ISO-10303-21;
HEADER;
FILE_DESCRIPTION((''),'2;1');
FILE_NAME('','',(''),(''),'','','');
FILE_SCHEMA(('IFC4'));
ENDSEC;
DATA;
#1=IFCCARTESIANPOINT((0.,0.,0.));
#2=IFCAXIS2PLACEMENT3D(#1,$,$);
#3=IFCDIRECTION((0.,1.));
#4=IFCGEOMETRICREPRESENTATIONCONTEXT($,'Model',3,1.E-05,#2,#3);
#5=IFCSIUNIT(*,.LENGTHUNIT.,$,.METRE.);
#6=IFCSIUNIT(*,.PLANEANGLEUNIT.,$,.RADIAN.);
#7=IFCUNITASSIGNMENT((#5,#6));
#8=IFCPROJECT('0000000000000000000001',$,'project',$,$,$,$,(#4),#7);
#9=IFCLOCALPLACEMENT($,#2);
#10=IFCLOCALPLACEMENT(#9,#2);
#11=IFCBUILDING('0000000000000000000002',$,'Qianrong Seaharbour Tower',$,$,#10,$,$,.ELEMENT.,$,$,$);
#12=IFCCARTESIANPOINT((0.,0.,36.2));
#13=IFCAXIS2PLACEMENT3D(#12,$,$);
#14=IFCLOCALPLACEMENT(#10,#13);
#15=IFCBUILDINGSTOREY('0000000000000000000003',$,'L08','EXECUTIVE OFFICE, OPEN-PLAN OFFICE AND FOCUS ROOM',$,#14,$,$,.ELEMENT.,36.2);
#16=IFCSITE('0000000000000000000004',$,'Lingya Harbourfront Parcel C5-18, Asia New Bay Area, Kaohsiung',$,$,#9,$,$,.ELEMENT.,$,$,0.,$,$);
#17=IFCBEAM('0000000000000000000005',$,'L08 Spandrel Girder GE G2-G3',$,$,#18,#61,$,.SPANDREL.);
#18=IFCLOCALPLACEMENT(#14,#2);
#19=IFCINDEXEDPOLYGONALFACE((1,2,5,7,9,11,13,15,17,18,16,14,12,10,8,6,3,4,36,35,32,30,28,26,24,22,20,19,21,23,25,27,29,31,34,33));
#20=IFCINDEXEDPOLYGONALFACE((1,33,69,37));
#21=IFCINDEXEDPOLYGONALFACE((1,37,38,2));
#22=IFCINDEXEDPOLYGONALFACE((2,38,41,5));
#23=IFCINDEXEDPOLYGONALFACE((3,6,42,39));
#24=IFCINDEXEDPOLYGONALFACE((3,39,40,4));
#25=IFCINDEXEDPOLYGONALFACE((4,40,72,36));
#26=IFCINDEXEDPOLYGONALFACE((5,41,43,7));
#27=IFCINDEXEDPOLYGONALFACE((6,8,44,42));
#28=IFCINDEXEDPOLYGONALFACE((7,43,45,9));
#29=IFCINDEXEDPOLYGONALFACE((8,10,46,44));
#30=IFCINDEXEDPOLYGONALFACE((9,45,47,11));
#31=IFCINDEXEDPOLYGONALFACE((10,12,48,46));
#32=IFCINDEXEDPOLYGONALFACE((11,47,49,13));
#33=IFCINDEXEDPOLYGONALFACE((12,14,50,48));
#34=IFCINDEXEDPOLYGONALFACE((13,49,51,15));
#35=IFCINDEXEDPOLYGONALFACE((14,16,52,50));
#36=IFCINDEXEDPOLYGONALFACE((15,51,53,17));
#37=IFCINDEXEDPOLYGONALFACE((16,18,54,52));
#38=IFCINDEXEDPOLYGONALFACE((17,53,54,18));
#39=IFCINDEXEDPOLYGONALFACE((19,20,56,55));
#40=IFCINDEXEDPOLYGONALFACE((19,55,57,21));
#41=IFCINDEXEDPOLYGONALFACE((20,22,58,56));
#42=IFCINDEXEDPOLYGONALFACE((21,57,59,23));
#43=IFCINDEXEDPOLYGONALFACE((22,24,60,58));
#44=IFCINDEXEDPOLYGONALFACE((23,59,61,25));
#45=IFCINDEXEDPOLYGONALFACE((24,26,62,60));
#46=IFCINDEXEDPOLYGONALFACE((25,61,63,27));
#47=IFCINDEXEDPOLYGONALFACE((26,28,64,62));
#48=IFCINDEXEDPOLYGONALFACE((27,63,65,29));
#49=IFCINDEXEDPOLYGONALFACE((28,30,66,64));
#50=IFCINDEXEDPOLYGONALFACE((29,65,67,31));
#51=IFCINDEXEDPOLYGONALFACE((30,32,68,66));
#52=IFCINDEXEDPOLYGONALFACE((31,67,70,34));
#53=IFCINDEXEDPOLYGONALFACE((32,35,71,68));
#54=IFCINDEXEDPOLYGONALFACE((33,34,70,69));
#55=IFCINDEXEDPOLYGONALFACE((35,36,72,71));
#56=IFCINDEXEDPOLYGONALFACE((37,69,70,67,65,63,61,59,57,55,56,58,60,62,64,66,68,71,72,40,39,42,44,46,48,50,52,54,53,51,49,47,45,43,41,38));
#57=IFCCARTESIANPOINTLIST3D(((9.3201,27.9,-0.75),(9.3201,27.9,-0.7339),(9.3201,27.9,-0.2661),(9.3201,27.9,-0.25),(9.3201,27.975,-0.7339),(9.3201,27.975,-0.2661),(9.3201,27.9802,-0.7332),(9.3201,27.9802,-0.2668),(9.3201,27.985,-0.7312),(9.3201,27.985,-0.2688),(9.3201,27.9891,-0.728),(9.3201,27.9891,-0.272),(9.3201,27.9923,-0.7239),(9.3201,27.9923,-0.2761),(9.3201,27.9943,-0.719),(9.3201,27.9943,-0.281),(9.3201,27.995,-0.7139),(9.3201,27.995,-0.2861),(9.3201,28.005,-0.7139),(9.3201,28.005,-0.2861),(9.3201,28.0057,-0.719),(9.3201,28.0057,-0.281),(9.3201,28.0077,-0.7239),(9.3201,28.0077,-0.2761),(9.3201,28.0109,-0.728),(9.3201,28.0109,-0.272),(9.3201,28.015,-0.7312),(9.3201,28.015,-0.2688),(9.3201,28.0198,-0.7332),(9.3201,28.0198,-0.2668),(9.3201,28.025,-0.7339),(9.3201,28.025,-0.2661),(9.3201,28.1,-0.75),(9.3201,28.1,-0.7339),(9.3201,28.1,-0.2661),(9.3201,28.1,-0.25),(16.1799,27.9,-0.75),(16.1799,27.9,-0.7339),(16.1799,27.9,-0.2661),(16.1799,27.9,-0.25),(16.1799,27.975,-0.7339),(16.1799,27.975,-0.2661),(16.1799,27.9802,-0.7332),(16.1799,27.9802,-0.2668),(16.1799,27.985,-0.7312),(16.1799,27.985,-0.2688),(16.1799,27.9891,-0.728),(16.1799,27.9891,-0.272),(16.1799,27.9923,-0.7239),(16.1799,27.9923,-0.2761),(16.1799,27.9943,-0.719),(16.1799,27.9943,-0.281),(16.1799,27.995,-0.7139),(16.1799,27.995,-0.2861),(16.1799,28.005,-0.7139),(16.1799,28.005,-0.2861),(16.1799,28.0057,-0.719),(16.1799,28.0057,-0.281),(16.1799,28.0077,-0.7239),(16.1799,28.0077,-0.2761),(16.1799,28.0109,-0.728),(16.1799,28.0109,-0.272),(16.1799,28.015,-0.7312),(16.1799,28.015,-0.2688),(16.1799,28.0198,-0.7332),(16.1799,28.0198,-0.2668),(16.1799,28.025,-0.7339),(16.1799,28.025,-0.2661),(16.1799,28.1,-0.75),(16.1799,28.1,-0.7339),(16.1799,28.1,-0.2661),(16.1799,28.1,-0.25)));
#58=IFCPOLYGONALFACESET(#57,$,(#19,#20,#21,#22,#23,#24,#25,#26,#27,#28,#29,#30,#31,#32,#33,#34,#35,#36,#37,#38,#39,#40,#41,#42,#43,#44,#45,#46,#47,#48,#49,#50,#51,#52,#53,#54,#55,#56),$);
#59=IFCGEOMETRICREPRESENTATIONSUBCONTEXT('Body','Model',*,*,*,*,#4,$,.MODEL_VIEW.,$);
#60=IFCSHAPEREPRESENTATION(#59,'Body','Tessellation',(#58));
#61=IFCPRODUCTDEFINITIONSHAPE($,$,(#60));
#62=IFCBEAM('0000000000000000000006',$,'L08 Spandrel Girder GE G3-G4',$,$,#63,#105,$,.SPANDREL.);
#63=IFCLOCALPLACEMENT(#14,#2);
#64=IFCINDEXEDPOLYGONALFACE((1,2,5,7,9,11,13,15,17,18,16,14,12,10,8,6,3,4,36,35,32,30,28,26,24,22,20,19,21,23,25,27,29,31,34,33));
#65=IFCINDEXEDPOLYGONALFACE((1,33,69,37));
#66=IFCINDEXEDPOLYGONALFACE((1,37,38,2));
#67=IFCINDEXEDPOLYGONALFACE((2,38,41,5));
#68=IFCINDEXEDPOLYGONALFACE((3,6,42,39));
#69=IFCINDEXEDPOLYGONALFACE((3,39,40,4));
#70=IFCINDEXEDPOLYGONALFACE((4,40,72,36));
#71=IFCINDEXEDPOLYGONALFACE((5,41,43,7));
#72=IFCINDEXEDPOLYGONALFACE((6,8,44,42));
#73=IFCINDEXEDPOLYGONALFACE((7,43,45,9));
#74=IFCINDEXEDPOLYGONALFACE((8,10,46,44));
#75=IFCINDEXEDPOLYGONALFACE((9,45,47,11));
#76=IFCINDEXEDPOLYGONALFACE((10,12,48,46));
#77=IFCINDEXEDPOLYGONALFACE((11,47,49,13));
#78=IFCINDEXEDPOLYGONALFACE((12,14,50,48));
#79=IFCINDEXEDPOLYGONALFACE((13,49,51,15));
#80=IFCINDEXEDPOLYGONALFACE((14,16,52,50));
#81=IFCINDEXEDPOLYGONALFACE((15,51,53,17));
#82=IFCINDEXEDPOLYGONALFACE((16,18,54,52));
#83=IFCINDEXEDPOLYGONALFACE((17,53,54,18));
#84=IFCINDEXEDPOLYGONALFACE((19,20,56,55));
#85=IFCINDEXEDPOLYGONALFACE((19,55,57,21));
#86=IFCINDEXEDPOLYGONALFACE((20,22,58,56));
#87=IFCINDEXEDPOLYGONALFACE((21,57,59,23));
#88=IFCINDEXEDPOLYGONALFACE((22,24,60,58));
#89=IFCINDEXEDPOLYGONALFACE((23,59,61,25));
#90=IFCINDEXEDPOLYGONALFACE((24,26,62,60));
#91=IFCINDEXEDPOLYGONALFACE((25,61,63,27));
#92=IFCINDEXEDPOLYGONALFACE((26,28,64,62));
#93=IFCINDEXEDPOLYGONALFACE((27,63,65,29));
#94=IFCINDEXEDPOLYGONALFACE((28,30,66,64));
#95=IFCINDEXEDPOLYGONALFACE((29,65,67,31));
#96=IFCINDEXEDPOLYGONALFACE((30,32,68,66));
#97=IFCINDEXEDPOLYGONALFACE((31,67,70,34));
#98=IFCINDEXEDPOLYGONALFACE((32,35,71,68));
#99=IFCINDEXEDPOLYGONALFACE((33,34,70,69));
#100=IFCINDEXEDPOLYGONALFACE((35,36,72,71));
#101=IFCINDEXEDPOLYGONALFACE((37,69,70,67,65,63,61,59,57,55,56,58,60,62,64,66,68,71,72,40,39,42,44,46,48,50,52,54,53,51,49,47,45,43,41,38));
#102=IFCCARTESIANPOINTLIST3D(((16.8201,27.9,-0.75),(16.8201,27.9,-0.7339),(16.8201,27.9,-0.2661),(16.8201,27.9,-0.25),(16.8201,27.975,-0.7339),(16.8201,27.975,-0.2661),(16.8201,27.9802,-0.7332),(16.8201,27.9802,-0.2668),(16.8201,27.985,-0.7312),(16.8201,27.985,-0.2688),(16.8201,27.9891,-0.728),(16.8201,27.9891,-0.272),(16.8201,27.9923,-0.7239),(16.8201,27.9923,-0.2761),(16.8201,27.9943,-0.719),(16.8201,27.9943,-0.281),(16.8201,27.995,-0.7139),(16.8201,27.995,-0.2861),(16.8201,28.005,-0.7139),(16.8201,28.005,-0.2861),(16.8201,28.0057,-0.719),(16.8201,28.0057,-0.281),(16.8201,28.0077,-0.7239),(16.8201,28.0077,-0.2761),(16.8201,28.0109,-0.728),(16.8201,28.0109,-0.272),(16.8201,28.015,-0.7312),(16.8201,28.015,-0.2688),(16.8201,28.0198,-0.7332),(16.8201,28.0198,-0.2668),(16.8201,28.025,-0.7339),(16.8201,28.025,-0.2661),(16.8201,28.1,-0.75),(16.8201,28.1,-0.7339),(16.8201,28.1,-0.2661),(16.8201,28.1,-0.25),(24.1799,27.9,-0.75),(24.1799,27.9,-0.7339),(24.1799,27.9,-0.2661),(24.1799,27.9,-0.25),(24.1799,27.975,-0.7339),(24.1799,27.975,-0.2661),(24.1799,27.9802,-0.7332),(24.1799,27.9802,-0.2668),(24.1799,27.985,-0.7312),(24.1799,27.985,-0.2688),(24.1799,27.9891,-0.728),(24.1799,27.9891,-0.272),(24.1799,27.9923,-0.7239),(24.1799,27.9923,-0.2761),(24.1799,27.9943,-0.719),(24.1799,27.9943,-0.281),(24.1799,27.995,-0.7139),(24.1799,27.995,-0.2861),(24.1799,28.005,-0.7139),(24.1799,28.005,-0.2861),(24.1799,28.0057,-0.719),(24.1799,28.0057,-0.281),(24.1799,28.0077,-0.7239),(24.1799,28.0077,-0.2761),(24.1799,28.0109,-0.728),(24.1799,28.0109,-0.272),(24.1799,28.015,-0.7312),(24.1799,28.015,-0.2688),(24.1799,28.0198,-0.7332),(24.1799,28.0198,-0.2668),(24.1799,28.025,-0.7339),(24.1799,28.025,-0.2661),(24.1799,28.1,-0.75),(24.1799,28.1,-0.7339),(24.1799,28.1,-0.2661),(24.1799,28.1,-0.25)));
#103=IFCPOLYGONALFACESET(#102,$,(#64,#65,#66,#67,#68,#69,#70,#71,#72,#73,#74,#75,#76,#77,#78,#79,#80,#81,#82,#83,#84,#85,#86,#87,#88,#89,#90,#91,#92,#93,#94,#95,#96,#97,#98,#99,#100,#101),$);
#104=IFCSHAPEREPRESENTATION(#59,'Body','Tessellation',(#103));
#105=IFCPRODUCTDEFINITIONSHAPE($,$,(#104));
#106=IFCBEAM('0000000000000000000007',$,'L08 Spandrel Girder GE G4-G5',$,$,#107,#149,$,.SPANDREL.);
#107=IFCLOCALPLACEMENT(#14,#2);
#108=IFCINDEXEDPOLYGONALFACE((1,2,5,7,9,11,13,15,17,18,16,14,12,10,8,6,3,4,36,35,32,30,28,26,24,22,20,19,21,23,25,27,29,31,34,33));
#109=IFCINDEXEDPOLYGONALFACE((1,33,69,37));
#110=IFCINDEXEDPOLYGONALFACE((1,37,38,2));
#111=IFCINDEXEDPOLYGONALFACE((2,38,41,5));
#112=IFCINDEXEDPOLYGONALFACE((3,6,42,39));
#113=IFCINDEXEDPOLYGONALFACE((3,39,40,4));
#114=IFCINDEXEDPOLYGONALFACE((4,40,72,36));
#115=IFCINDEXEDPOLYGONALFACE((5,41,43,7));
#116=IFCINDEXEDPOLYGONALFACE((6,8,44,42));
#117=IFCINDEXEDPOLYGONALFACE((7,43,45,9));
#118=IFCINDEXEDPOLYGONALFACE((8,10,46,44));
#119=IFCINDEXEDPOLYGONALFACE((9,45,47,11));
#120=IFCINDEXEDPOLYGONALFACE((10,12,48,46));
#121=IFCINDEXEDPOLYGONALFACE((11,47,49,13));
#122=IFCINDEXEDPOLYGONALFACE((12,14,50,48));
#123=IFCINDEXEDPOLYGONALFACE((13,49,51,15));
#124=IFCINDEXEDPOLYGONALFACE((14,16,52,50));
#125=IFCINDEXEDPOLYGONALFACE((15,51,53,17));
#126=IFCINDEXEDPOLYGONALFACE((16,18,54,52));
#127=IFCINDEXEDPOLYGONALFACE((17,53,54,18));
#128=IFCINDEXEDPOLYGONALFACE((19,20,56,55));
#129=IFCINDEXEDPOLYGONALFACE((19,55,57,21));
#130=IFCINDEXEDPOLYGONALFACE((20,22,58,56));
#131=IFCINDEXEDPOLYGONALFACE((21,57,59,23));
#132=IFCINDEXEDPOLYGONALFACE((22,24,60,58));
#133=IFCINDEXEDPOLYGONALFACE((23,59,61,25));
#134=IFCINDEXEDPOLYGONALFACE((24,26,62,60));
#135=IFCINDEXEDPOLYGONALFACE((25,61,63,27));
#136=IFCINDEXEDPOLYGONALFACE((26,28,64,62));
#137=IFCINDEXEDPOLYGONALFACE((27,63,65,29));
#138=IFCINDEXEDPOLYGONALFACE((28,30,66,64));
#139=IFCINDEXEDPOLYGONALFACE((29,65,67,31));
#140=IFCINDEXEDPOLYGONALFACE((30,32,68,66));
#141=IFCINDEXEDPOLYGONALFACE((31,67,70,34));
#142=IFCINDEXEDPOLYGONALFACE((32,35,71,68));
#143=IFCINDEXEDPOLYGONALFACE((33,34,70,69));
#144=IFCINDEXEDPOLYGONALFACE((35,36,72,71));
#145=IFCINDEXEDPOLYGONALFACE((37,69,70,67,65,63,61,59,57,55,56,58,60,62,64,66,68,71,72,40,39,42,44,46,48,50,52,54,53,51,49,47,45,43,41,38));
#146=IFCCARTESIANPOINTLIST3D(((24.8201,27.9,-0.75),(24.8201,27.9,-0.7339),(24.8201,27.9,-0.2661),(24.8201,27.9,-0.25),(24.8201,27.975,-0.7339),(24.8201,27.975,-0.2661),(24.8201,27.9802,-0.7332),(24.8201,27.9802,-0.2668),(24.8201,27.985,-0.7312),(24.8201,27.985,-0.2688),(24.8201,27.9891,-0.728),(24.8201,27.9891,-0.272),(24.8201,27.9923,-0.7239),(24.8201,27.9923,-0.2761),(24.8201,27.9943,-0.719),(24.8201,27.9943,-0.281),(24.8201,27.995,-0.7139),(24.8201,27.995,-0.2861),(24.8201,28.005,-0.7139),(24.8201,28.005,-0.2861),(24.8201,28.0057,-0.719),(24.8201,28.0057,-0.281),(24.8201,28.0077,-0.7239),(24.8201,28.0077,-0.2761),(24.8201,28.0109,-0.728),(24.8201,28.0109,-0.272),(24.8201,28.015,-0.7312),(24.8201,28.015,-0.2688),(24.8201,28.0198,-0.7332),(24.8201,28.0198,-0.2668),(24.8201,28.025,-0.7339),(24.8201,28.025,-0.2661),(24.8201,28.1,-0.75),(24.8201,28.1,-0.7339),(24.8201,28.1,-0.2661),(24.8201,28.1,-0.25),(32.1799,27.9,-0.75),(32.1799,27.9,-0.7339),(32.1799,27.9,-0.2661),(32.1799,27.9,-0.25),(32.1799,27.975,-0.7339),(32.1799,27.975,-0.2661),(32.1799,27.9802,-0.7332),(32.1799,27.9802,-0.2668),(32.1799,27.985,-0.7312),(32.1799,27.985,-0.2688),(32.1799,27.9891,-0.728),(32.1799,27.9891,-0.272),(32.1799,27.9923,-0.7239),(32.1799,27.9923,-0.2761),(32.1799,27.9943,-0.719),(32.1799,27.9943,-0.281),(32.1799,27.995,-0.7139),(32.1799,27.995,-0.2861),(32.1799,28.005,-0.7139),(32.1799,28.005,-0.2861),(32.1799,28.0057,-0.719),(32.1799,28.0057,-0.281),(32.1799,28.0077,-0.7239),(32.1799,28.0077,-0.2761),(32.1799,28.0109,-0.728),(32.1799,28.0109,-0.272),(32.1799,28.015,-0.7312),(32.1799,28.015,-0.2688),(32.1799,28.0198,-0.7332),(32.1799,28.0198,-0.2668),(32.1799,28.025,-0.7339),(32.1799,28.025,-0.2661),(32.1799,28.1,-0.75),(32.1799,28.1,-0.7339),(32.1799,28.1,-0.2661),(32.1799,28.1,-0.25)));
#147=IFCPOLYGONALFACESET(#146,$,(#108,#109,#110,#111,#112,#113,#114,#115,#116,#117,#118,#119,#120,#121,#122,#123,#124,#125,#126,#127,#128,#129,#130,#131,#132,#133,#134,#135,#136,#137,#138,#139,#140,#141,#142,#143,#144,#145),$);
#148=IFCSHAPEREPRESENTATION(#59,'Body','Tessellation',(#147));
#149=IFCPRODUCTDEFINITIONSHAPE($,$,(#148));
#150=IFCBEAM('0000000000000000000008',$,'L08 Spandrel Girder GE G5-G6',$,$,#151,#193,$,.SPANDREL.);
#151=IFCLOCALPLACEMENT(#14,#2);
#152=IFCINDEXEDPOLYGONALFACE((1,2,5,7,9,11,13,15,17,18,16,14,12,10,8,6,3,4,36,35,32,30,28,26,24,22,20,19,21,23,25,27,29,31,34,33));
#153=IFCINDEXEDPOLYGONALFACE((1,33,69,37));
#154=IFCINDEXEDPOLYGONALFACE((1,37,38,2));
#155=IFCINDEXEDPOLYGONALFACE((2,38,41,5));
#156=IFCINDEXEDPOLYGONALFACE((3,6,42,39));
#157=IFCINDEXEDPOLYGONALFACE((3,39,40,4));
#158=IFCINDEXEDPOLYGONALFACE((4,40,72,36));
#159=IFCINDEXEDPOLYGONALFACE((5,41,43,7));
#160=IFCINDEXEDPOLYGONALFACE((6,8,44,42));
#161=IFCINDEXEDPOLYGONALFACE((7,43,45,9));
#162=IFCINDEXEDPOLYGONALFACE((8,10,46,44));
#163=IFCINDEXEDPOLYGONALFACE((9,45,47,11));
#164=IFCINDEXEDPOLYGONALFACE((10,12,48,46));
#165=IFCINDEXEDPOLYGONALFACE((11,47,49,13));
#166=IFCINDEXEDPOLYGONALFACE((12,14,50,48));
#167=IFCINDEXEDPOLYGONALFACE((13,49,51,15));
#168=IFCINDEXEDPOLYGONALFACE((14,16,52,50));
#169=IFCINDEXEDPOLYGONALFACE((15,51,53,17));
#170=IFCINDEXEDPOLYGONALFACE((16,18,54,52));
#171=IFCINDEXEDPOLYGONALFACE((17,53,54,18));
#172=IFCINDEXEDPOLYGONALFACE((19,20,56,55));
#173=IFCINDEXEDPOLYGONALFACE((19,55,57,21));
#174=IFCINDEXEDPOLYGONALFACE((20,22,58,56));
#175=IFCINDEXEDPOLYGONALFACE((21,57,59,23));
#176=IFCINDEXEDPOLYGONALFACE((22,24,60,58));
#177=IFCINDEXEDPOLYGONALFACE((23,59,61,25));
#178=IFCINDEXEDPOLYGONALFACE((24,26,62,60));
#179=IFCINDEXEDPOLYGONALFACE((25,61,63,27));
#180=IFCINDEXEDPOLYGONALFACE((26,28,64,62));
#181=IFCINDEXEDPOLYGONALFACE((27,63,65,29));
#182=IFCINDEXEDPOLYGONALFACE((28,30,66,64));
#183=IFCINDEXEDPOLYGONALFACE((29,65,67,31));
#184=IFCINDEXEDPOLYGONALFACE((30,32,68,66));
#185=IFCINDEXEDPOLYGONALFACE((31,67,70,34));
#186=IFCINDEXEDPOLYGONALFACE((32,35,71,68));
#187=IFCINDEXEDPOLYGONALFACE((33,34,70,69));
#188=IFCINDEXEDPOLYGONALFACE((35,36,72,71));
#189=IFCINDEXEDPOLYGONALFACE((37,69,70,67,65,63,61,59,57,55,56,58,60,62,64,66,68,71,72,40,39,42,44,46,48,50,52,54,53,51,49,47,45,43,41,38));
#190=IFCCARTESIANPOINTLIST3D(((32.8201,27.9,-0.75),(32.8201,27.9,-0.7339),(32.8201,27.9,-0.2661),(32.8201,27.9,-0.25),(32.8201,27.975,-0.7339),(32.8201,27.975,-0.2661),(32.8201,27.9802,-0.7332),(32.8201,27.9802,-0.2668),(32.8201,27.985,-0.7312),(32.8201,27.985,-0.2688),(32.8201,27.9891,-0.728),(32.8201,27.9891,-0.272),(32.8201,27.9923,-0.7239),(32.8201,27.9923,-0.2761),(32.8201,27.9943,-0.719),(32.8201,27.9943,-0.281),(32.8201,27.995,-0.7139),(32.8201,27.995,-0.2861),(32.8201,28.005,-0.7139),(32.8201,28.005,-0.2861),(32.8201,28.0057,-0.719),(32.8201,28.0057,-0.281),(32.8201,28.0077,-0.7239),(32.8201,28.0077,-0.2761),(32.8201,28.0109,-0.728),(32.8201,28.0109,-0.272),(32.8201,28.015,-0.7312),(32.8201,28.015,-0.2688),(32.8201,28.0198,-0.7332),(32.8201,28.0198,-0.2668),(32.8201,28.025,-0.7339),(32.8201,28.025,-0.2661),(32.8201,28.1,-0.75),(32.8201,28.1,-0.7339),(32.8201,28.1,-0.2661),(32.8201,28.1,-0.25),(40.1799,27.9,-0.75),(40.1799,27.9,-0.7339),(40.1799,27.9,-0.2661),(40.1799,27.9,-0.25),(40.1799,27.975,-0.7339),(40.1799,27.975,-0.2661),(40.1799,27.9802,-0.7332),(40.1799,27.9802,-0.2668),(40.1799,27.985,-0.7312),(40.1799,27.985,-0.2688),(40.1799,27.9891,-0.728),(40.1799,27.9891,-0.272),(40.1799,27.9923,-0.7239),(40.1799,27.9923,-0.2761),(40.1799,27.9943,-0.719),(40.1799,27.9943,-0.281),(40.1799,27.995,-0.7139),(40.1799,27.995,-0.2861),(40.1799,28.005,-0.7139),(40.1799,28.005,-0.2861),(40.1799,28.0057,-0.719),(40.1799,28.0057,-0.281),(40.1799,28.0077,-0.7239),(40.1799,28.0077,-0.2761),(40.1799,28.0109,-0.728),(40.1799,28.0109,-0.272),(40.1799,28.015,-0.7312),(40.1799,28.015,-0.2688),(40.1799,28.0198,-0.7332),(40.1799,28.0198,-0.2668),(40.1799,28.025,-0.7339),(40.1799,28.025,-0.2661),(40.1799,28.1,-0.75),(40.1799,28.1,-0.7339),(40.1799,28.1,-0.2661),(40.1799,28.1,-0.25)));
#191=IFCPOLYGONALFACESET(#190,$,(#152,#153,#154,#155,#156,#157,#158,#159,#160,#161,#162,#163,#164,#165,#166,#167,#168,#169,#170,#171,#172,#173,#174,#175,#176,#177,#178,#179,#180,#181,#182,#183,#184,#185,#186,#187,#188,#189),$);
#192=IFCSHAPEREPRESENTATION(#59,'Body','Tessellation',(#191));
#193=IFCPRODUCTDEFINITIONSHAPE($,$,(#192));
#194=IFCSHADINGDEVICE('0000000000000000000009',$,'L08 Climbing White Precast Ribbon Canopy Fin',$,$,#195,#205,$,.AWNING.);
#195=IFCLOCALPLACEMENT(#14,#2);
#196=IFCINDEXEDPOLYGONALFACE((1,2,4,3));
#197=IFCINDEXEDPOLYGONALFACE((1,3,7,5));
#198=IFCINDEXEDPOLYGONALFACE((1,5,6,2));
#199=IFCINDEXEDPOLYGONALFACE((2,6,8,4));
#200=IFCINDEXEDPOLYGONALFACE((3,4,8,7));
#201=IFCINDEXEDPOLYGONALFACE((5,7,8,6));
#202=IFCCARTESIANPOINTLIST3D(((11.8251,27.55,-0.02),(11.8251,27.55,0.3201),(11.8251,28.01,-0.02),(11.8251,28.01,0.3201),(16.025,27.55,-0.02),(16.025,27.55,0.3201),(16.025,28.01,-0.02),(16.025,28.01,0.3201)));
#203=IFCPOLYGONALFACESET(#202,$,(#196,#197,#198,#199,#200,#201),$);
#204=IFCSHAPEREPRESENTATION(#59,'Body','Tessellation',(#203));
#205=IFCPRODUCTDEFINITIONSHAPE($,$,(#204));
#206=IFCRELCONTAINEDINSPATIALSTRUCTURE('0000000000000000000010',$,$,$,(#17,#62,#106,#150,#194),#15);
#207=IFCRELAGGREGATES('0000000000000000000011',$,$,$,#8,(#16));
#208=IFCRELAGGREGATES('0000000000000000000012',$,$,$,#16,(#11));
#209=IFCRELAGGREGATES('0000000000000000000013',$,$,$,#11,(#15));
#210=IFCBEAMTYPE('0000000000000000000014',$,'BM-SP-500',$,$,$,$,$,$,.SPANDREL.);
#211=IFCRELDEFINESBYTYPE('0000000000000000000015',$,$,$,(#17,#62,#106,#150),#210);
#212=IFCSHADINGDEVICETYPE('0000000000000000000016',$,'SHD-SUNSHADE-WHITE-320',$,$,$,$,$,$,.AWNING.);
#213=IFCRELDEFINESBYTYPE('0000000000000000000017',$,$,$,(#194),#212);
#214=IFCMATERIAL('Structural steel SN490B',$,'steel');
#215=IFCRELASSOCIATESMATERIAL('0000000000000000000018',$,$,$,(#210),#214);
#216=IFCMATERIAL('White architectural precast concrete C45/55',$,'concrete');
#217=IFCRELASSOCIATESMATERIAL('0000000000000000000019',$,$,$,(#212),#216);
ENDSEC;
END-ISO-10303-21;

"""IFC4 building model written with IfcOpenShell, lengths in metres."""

from ifc_helpers import new_model, si_unit, direction, frame, origin, origin_2d, place, context, subcontext, project, spatial, rectangle, i_section, extrude, material, material_profile, profile_set, type_object, element, save


model = new_model("IFC4")

# Units and contexts
model_context = context("Model", 3, precision=1e-05, world=origin(), true_north=direction((0.0, 1.0)))
body_context = subcontext(model_context, "Body", "Model", "MODEL_VIEW")
ifc_project = project(units=[si_unit("LENGTHUNIT", "METRE"), si_unit("PLANEANGLEUNIT", "RADIAN")], contexts=[model_context])

# Site, building, storey
site_placement = place(None, origin())
site = spatial("IfcSite", under=ifc_project, at=site_placement, Name="Lingya Harbourfront Parcel C5-18, Asia New Bay Area, Kaohsiung", CompositionType="ELEMENT", RefElevation=0.0)
building_placement = place(site_placement, origin())
building = spatial("IfcBuilding", under=site, at=building_placement, Name="Qianrong Seaharbour Tower", CompositionType="ELEMENT")
storey_placement = place(building_placement, frame((0.0, 0.0, 36.2)))
storey = spatial("IfcBuildingStorey", under=building, at=storey_placement, Name="L08", Description="EXECUTIVE OFFICE, OPEN-PLAN OFFICE AND FOCUS ROOM", CompositionType="ELEMENT", Elevation=36.2)

# Shared definitions
ifc_material_1 = material(Name="Structural steel SN490B", Category="steel")

# Beams
ifc_material_profile_1 = material_profile(ifc_material_1, i_section(OverallWidth=0.2, OverallDepth=0.5, WebThickness=0.01, FlangeThickness=0.0161, FilletRadius=0.02, at=origin_2d()), Name="H500x200x10x16")
ifc_profile_set_1 = profile_set([ifc_material_profile_1], Name="Structural steel SN490B")
beam_type_1 = type_object("IfcBeamType", Name="BM-SP-500", PredefinedType="SPANDREL", material=ifc_profile_set_1)
beam_1_placement = place(storey_placement, frame((9.3201, 28.0, -0.5), z_axis=(1.0, 0.0, 0.0), x_axis=(0.0, 1.0, 0.0)))
element("IfcBeam", 1, at=beam_1_placement, inside=storey, type_object=beam_type_1, Name="L08 Spandrel Girder GE G2-G3", PredefinedType="SPANDREL", context=body_context, shape_type="SweptSolid", body=[
    extrude(i_section(OverallWidth=0.2, OverallDepth=0.5, WebThickness=0.01, FlangeThickness=0.0161, FilletRadius=0.02, at=origin_2d()), origin(), (0.0, 0.0, 1.0), 6.8599),
])
for number, where, z_axis, x_axis, name in (
    (2, (16.8201, 28.0, -0.5), (1.0, 0.0, 0.0), (0.0, 1.0, 0.0), "L08 Spandrel Girder GE G3-G4"),
    (3, (24.8201, 28.0, -0.5), (1.0, 0.0, 0.0), (0.0, 1.0, 0.0), "L08 Spandrel Girder GE G4-G5"),
    (4, (32.8201, 28.0, -0.5), (1.0, 0.0, 0.0), (0.0, 1.0, 0.0), "L08 Spandrel Girder GE G5-G6"),
):
    element("IfcBeam", number, at=place(storey_placement, frame(where, z_axis=z_axis, x_axis=x_axis)), inside=storey, type_object=beam_type_1, Name=name, PredefinedType="SPANDREL", context=body_context, shape_type="SweptSolid", body=[
        extrude(i_section(OverallWidth=0.2, OverallDepth=0.5, WebThickness=0.01, FlangeThickness=0.0161, FilletRadius=0.02, at=origin_2d()), origin(), (0.0, 0.0, 1.0), 7.3599),
    ])

# Shading device
ifc_material_2 = material(Name="White architectural precast concrete C45/55", Category="concrete")
shading_device_type = type_object("IfcShadingDeviceType", Name="SHD-SUNSHADE-WHITE-320", PredefinedType="AWNING", material=ifc_material_2)
shading_device_placement = place(storey_placement, frame((13.925, 27.78, -0.02), z_axis=(0.0, 0.0, 1.0), x_axis=(1.0, 0.0, 0.0)))
element("IfcShadingDevice", 5, at=shading_device_placement, inside=storey, type_object=shading_device_type, Name="L08 Climbing White Precast Ribbon Canopy Fin", PredefinedType="AWNING", context=body_context, shape_type="SweptSolid", body=[
    extrude(rectangle(XDim=4.2, YDim=0.46, at=origin_2d()), origin(), (0.0, 0.0, 1.0), 0.3401),
])

save(model, "model.ifc")
